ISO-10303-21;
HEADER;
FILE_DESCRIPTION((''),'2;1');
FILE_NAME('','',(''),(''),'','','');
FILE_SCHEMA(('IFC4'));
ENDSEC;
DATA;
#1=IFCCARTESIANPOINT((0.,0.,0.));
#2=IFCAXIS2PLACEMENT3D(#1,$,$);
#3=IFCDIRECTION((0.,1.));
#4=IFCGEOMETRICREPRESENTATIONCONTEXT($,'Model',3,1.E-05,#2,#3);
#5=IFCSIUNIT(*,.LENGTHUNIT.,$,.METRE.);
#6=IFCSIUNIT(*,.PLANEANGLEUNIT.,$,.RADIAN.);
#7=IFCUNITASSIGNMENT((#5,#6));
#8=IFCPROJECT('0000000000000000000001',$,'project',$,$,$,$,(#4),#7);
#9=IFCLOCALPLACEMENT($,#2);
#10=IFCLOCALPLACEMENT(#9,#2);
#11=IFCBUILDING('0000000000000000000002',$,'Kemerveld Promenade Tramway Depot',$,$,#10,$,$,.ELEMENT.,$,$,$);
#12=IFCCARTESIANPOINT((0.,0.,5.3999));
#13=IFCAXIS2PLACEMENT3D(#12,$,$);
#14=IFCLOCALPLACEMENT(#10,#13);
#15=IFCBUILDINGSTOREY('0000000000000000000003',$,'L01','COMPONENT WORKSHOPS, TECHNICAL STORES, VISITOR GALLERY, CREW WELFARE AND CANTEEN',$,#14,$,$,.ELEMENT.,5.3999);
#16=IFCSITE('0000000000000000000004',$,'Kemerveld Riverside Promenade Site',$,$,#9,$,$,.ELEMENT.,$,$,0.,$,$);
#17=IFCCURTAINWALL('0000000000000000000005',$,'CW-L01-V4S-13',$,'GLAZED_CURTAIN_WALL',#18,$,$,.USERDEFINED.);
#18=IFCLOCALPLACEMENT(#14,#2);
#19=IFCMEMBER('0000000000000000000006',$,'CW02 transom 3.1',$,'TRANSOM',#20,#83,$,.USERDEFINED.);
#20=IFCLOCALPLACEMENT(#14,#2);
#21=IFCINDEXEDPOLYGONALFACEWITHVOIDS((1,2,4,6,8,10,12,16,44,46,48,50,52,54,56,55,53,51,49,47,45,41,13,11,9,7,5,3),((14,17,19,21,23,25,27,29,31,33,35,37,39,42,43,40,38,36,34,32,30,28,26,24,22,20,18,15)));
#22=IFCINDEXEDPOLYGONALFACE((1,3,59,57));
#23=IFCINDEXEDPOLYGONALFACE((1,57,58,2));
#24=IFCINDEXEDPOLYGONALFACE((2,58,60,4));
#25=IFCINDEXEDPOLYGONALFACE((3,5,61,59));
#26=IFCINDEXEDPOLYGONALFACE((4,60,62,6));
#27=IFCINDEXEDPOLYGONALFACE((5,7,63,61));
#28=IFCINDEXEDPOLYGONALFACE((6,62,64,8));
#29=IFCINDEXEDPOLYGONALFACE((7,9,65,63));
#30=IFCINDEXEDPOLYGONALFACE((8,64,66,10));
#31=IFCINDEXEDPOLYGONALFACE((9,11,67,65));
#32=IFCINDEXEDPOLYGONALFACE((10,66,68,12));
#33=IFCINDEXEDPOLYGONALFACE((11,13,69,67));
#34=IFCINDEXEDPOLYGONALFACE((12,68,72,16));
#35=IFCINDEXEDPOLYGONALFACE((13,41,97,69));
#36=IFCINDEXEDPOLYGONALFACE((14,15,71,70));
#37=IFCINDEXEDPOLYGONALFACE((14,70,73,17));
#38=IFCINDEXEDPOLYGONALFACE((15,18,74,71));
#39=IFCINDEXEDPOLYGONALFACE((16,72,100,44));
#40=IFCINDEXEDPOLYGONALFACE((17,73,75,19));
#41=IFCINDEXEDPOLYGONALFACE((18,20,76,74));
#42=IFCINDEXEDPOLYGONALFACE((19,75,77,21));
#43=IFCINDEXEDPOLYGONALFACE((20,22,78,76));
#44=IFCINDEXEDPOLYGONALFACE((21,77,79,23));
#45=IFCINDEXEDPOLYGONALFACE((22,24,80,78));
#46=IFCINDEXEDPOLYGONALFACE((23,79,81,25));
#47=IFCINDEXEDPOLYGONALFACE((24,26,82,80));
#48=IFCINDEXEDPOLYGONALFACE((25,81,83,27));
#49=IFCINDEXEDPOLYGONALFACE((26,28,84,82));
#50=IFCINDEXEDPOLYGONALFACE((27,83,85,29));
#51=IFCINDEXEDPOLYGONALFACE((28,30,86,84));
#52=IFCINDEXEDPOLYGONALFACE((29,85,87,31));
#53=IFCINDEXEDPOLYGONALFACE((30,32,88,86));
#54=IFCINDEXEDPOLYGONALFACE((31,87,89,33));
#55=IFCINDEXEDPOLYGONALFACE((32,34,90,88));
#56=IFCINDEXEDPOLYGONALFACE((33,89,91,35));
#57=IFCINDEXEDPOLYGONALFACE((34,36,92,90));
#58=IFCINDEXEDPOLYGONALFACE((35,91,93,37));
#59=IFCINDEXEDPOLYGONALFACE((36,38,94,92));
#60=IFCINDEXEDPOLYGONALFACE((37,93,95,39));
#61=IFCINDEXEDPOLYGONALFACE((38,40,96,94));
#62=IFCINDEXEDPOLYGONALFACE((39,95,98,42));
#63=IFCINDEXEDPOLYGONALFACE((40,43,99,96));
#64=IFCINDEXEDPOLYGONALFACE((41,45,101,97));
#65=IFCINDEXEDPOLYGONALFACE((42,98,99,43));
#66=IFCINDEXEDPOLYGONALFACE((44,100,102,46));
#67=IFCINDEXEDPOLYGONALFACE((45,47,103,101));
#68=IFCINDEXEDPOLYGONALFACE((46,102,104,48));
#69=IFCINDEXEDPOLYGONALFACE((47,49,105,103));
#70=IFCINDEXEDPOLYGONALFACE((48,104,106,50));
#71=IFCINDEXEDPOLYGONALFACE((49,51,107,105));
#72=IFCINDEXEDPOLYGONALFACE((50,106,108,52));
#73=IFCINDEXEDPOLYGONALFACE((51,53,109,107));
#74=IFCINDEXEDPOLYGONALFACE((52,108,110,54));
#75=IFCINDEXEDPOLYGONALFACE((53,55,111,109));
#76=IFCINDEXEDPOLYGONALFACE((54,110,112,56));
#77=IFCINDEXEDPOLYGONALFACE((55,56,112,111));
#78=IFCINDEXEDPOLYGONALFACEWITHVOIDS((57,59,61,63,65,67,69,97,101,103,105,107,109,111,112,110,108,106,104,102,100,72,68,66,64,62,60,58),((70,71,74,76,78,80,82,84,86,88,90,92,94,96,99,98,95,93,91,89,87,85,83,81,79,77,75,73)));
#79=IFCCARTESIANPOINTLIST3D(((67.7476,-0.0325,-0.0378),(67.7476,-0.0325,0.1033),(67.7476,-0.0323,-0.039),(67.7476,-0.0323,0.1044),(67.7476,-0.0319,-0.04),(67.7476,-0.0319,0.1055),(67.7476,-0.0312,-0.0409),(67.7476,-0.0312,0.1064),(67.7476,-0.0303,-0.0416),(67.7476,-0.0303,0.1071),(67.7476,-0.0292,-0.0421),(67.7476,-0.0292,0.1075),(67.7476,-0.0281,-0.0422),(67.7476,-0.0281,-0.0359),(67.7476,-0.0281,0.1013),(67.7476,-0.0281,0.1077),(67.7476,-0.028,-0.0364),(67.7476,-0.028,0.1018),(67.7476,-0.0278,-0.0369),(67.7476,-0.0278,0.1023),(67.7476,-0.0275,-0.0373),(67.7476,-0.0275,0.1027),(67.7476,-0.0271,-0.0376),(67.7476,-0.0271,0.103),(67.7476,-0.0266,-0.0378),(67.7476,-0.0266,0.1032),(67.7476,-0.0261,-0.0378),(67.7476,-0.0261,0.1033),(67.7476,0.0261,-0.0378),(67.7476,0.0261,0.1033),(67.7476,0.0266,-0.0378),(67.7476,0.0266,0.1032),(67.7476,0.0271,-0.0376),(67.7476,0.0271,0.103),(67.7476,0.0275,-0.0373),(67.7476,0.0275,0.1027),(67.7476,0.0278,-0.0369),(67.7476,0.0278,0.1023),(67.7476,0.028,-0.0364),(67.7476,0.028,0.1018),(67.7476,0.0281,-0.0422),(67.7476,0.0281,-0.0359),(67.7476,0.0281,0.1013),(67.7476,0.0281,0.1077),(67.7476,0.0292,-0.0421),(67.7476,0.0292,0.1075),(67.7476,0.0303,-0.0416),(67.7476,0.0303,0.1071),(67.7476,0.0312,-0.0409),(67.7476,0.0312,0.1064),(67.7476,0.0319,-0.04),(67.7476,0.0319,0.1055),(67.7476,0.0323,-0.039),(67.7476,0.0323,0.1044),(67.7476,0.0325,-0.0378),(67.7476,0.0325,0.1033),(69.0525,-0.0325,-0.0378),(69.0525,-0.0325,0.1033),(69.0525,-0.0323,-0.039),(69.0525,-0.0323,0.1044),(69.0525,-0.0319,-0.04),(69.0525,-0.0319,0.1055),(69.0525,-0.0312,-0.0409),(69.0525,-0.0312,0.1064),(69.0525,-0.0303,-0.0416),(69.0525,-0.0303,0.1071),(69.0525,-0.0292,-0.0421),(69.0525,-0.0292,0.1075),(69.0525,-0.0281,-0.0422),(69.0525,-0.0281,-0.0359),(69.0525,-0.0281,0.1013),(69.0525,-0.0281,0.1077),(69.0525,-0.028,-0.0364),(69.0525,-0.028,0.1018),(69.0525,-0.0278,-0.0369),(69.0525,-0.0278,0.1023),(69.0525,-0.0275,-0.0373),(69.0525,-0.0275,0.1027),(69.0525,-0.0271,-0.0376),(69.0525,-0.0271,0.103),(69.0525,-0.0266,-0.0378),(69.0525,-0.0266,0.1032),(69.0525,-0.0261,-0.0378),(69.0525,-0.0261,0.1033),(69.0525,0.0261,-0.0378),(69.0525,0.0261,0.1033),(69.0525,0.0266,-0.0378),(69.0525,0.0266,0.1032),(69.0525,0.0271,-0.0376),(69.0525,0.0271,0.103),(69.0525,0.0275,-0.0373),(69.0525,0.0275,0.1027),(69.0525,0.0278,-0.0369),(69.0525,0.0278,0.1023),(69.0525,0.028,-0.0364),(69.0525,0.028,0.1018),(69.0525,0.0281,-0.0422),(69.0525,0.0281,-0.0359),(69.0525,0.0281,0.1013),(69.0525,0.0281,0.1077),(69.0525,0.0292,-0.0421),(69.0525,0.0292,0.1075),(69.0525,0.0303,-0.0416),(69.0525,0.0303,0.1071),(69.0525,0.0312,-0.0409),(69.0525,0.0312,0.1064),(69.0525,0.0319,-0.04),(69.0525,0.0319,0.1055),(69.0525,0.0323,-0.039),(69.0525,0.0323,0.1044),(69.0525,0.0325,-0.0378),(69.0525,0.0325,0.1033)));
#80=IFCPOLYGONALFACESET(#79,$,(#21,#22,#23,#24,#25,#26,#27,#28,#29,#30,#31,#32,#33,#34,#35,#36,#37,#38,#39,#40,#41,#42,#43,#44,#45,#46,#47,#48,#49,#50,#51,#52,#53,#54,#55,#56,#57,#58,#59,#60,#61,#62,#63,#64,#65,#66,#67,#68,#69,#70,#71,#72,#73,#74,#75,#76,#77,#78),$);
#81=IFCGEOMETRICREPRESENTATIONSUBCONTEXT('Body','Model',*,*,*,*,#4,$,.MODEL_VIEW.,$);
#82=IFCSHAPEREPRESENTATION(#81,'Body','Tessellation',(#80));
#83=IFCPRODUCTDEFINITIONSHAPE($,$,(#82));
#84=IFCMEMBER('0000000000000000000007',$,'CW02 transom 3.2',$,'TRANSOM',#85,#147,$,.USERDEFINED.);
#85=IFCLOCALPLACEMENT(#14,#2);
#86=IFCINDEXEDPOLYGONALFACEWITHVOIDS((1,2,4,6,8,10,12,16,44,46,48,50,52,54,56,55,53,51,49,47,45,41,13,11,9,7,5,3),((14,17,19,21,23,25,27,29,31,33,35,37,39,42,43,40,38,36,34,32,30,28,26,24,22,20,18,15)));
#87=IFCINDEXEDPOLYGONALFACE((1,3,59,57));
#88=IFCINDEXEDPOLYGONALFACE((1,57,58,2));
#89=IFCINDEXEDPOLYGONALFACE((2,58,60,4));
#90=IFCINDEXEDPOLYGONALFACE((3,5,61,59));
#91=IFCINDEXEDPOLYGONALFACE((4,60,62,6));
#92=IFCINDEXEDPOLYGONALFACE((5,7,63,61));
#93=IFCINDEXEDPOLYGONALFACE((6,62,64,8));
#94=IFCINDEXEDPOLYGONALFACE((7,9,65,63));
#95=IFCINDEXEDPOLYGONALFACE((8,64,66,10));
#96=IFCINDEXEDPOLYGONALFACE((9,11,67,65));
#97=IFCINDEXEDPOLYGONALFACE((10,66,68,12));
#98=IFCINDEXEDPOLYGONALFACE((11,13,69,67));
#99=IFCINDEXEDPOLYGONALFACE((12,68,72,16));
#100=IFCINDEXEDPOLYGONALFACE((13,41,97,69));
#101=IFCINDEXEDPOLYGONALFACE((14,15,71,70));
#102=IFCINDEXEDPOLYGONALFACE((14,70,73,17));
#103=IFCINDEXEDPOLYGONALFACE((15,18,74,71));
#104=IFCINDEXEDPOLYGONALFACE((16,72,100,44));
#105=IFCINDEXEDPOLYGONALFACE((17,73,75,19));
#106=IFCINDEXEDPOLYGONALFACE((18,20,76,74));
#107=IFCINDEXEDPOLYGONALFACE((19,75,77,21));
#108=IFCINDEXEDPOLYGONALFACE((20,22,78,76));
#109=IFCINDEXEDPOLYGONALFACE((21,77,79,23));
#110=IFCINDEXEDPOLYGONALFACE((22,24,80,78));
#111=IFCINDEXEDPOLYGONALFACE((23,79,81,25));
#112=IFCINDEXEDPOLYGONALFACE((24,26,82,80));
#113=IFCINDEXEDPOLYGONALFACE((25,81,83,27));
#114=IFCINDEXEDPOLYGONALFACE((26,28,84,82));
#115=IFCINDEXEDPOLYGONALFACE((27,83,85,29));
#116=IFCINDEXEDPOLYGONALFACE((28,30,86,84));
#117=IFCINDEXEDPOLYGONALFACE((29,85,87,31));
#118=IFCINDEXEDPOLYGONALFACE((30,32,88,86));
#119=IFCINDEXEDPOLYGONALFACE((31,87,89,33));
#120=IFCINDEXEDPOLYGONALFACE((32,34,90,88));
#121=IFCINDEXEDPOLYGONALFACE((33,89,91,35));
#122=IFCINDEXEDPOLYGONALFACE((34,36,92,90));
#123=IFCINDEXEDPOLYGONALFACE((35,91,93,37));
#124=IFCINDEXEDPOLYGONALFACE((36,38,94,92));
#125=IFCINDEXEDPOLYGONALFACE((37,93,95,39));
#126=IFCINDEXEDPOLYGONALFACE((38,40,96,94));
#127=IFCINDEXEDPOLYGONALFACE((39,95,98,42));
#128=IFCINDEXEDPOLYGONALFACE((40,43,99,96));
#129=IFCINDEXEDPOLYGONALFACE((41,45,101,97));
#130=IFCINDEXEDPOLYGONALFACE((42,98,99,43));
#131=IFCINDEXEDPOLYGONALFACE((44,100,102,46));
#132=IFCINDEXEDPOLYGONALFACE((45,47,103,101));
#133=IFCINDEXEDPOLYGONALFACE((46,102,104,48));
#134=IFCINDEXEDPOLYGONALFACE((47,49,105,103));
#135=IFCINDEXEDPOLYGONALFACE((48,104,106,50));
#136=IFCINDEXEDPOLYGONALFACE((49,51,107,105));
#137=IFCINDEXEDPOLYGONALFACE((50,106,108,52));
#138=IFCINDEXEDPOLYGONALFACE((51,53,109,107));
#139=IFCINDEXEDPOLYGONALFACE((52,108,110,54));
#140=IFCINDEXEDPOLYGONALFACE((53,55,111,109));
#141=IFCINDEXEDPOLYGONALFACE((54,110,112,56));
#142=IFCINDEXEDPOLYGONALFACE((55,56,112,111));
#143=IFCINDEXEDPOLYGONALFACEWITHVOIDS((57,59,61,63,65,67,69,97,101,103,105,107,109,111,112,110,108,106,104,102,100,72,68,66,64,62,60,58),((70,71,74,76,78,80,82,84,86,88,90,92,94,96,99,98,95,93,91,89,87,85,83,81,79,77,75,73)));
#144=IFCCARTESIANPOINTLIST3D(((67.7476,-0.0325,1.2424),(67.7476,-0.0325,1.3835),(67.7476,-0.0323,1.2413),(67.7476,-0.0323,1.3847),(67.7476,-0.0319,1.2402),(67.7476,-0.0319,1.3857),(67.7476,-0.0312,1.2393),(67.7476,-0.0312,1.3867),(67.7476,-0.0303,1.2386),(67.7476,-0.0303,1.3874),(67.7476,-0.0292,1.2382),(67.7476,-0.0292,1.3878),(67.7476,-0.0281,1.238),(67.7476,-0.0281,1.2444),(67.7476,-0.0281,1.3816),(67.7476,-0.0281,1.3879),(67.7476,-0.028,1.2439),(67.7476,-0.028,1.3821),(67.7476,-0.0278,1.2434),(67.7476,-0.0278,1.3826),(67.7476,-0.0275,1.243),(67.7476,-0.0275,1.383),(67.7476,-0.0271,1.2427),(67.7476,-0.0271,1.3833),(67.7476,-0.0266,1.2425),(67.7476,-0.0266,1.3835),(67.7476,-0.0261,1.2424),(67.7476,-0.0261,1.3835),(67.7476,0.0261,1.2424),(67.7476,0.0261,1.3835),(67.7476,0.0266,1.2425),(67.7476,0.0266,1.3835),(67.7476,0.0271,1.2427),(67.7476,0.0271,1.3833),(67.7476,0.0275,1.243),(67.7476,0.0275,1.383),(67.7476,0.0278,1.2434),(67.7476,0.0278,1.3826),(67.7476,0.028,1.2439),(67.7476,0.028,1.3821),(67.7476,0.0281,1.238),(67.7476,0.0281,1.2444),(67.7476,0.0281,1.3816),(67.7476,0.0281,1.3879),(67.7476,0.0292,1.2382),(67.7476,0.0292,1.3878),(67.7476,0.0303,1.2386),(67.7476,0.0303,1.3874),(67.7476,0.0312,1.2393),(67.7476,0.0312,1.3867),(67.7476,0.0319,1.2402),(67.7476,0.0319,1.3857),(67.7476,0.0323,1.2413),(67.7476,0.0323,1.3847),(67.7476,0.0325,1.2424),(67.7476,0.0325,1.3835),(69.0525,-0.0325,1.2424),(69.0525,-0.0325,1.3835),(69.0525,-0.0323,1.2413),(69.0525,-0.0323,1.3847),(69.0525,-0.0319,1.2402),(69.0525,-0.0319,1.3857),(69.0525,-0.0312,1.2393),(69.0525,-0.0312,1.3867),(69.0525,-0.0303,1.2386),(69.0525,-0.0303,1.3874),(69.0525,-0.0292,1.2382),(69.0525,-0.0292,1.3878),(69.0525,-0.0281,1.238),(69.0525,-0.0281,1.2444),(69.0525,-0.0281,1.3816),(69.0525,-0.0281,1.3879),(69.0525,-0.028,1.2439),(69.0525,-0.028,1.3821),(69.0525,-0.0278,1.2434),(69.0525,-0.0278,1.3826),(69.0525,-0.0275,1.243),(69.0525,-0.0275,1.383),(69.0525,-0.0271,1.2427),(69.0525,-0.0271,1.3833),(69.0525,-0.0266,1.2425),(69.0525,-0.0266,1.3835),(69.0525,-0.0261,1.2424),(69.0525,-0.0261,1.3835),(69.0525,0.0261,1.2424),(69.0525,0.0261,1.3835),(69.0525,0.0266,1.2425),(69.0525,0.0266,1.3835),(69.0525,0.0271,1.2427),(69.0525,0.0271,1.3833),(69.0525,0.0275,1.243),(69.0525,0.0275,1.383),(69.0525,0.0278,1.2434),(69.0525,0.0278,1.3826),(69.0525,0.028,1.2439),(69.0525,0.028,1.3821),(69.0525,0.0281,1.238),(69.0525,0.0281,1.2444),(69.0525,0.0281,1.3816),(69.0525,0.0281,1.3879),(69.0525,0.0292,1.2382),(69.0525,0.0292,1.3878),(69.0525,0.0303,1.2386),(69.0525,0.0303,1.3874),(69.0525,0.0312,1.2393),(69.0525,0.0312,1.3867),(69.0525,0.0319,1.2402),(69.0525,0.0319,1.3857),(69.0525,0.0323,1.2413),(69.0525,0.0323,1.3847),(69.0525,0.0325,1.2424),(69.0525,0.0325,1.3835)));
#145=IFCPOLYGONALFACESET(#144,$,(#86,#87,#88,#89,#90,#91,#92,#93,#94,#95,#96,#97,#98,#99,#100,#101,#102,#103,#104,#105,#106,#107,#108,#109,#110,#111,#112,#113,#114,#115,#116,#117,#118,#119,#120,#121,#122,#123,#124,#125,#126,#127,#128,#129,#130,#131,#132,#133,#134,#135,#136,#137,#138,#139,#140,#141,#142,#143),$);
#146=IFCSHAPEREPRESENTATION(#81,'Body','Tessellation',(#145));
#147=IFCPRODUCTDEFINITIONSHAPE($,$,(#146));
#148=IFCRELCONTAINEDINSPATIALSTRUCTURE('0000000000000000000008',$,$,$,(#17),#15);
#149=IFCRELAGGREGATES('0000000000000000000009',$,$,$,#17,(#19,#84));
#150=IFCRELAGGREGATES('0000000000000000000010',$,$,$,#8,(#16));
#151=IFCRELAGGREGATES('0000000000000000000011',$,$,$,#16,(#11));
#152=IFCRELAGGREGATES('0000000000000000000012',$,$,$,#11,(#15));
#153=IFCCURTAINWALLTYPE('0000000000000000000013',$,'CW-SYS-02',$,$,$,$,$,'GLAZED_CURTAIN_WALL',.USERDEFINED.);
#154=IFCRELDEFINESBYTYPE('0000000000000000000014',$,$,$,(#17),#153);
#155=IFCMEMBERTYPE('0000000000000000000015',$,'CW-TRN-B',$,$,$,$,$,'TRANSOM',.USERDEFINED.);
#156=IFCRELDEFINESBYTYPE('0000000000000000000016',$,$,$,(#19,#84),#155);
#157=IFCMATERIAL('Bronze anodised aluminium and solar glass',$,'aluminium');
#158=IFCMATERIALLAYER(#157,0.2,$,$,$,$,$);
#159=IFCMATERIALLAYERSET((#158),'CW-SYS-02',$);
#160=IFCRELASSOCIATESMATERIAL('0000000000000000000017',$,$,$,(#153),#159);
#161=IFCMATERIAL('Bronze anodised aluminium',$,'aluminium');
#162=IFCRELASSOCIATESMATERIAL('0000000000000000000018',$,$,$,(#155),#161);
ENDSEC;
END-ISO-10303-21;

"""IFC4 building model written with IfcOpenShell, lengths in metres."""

from ifc_helpers import new_model, si_unit, direction, frame, origin, origin_2d, place, context, subcontext, project, spatial, hollow_rectangle, extrude, material, layer, layer_set, material_profile, profile_set, type_object, element, aggregate, save


model = new_model("IFC4")

# Units and contexts
model_context = context("Model", 3, precision=1e-05, world=origin(), true_north=direction((0.0, 1.0)))
body_context = subcontext(model_context, "Body", "Model", "MODEL_VIEW")
ifc_project = project(units=[si_unit("LENGTHUNIT", "METRE"), si_unit("PLANEANGLEUNIT", "RADIAN")], contexts=[model_context])

# Site, building, storey
site_placement = place(None, origin())
site = spatial("IfcSite", under=ifc_project, at=site_placement, Name="Kemerveld Riverside Promenade Site", CompositionType="ELEMENT", RefElevation=0.0)
building_placement = place(site_placement, origin())
building = spatial("IfcBuilding", under=site, at=building_placement, Name="Kemerveld Promenade Tramway Depot", CompositionType="ELEMENT")
storey_placement = place(building_placement, frame((0.0, 0.0, 5.3999)))
storey = spatial("IfcBuildingStorey", under=building, at=storey_placement, Name="L01", Description="COMPONENT WORKSHOPS, TECHNICAL STORES, VISITOR GALLERY, CREW WELFARE AND CANTEEN", CompositionType="ELEMENT", Elevation=5.3999)

# Curtain wall, members
ifc_material_1 = material(Name="Bronze anodised aluminium and solar glass", Category="aluminium")
ifc_layer_1 = layer(ifc_material_1, 0.2)
ifc_layer_set_1 = layer_set([ifc_layer_1], Name="CW-SYS-02")
curtain_wall_type = type_object("IfcCurtainWallType", Name="CW-SYS-02", ElementType="GLAZED_CURTAIN_WALL", PredefinedType="USERDEFINED", material=ifc_layer_set_1)
curtain_wall_placement = place(storey_placement, origin())
curtain_wall = element("IfcCurtainWall", 1, at=curtain_wall_placement, inside=storey, type_object=curtain_wall_type, Name="CW-L01-V4S-13", ObjectType="GLAZED_CURTAIN_WALL", PredefinedType="USERDEFINED")
ifc_material_2 = material(Name="Bronze anodised aluminium", Category="aluminium")
ifc_material_profile_1 = material_profile(ifc_material_2, hollow_rectangle(XDim=0.0649, YDim=0.1499, WallThickness=0.0044, InnerFilletRadius=0.002, OuterFilletRadius=0.0044, at=origin_2d()), Name="CW-TRN-150x65")
ifc_profile_set_1 = profile_set([ifc_material_profile_1], Name="Bronze anodised aluminium")
member_type_1 = type_object("IfcMemberType", Name="CW-TRN-B", ElementType="TRANSOM", PredefinedType="USERDEFINED", material=ifc_profile_set_1)
member_1_placement = place(storey_placement, frame((69.0525, 0.0, 0.0327), z_axis=(-1.0, 0.0, 0.0), x_axis=(0.0, -1.0, 0.0)))
member_1 = element("IfcMember", 2, at=member_1_placement, type_object=member_type_1, Name="CW02 transom 3.1", ObjectType="TRANSOM", PredefinedType="USERDEFINED", context=body_context, shape_type="SweptSolid", body=[
    extrude(hollow_rectangle(XDim=0.0649, YDim=0.1499, WallThickness=0.0044, InnerFilletRadius=0.002, OuterFilletRadius=0.0044, at=origin_2d()), origin(), (0.0, 0.0, 1.0), 1.3049),
])
member_2_placement = place(storey_placement, frame((69.0525, 0.0, 1.313), z_axis=(-1.0, 0.0, 0.0), x_axis=(0.0, -1.0, 0.0)))
member_2 = element("IfcMember", 3, at=member_2_placement, type_object=member_type_1, Name="CW02 transom 3.2", ObjectType="TRANSOM", PredefinedType="USERDEFINED", context=body_context, shape_type="SweptSolid", body=[
    extrude(hollow_rectangle(XDim=0.0649, YDim=0.1499, WallThickness=0.0044, InnerFilletRadius=0.002, OuterFilletRadius=0.0044, at=origin_2d()), origin(), (0.0, 0.0, 1.0), 1.3049),
])
aggregate(curtain_wall, [member_1, member_2])

save(model, "model.ifc")
